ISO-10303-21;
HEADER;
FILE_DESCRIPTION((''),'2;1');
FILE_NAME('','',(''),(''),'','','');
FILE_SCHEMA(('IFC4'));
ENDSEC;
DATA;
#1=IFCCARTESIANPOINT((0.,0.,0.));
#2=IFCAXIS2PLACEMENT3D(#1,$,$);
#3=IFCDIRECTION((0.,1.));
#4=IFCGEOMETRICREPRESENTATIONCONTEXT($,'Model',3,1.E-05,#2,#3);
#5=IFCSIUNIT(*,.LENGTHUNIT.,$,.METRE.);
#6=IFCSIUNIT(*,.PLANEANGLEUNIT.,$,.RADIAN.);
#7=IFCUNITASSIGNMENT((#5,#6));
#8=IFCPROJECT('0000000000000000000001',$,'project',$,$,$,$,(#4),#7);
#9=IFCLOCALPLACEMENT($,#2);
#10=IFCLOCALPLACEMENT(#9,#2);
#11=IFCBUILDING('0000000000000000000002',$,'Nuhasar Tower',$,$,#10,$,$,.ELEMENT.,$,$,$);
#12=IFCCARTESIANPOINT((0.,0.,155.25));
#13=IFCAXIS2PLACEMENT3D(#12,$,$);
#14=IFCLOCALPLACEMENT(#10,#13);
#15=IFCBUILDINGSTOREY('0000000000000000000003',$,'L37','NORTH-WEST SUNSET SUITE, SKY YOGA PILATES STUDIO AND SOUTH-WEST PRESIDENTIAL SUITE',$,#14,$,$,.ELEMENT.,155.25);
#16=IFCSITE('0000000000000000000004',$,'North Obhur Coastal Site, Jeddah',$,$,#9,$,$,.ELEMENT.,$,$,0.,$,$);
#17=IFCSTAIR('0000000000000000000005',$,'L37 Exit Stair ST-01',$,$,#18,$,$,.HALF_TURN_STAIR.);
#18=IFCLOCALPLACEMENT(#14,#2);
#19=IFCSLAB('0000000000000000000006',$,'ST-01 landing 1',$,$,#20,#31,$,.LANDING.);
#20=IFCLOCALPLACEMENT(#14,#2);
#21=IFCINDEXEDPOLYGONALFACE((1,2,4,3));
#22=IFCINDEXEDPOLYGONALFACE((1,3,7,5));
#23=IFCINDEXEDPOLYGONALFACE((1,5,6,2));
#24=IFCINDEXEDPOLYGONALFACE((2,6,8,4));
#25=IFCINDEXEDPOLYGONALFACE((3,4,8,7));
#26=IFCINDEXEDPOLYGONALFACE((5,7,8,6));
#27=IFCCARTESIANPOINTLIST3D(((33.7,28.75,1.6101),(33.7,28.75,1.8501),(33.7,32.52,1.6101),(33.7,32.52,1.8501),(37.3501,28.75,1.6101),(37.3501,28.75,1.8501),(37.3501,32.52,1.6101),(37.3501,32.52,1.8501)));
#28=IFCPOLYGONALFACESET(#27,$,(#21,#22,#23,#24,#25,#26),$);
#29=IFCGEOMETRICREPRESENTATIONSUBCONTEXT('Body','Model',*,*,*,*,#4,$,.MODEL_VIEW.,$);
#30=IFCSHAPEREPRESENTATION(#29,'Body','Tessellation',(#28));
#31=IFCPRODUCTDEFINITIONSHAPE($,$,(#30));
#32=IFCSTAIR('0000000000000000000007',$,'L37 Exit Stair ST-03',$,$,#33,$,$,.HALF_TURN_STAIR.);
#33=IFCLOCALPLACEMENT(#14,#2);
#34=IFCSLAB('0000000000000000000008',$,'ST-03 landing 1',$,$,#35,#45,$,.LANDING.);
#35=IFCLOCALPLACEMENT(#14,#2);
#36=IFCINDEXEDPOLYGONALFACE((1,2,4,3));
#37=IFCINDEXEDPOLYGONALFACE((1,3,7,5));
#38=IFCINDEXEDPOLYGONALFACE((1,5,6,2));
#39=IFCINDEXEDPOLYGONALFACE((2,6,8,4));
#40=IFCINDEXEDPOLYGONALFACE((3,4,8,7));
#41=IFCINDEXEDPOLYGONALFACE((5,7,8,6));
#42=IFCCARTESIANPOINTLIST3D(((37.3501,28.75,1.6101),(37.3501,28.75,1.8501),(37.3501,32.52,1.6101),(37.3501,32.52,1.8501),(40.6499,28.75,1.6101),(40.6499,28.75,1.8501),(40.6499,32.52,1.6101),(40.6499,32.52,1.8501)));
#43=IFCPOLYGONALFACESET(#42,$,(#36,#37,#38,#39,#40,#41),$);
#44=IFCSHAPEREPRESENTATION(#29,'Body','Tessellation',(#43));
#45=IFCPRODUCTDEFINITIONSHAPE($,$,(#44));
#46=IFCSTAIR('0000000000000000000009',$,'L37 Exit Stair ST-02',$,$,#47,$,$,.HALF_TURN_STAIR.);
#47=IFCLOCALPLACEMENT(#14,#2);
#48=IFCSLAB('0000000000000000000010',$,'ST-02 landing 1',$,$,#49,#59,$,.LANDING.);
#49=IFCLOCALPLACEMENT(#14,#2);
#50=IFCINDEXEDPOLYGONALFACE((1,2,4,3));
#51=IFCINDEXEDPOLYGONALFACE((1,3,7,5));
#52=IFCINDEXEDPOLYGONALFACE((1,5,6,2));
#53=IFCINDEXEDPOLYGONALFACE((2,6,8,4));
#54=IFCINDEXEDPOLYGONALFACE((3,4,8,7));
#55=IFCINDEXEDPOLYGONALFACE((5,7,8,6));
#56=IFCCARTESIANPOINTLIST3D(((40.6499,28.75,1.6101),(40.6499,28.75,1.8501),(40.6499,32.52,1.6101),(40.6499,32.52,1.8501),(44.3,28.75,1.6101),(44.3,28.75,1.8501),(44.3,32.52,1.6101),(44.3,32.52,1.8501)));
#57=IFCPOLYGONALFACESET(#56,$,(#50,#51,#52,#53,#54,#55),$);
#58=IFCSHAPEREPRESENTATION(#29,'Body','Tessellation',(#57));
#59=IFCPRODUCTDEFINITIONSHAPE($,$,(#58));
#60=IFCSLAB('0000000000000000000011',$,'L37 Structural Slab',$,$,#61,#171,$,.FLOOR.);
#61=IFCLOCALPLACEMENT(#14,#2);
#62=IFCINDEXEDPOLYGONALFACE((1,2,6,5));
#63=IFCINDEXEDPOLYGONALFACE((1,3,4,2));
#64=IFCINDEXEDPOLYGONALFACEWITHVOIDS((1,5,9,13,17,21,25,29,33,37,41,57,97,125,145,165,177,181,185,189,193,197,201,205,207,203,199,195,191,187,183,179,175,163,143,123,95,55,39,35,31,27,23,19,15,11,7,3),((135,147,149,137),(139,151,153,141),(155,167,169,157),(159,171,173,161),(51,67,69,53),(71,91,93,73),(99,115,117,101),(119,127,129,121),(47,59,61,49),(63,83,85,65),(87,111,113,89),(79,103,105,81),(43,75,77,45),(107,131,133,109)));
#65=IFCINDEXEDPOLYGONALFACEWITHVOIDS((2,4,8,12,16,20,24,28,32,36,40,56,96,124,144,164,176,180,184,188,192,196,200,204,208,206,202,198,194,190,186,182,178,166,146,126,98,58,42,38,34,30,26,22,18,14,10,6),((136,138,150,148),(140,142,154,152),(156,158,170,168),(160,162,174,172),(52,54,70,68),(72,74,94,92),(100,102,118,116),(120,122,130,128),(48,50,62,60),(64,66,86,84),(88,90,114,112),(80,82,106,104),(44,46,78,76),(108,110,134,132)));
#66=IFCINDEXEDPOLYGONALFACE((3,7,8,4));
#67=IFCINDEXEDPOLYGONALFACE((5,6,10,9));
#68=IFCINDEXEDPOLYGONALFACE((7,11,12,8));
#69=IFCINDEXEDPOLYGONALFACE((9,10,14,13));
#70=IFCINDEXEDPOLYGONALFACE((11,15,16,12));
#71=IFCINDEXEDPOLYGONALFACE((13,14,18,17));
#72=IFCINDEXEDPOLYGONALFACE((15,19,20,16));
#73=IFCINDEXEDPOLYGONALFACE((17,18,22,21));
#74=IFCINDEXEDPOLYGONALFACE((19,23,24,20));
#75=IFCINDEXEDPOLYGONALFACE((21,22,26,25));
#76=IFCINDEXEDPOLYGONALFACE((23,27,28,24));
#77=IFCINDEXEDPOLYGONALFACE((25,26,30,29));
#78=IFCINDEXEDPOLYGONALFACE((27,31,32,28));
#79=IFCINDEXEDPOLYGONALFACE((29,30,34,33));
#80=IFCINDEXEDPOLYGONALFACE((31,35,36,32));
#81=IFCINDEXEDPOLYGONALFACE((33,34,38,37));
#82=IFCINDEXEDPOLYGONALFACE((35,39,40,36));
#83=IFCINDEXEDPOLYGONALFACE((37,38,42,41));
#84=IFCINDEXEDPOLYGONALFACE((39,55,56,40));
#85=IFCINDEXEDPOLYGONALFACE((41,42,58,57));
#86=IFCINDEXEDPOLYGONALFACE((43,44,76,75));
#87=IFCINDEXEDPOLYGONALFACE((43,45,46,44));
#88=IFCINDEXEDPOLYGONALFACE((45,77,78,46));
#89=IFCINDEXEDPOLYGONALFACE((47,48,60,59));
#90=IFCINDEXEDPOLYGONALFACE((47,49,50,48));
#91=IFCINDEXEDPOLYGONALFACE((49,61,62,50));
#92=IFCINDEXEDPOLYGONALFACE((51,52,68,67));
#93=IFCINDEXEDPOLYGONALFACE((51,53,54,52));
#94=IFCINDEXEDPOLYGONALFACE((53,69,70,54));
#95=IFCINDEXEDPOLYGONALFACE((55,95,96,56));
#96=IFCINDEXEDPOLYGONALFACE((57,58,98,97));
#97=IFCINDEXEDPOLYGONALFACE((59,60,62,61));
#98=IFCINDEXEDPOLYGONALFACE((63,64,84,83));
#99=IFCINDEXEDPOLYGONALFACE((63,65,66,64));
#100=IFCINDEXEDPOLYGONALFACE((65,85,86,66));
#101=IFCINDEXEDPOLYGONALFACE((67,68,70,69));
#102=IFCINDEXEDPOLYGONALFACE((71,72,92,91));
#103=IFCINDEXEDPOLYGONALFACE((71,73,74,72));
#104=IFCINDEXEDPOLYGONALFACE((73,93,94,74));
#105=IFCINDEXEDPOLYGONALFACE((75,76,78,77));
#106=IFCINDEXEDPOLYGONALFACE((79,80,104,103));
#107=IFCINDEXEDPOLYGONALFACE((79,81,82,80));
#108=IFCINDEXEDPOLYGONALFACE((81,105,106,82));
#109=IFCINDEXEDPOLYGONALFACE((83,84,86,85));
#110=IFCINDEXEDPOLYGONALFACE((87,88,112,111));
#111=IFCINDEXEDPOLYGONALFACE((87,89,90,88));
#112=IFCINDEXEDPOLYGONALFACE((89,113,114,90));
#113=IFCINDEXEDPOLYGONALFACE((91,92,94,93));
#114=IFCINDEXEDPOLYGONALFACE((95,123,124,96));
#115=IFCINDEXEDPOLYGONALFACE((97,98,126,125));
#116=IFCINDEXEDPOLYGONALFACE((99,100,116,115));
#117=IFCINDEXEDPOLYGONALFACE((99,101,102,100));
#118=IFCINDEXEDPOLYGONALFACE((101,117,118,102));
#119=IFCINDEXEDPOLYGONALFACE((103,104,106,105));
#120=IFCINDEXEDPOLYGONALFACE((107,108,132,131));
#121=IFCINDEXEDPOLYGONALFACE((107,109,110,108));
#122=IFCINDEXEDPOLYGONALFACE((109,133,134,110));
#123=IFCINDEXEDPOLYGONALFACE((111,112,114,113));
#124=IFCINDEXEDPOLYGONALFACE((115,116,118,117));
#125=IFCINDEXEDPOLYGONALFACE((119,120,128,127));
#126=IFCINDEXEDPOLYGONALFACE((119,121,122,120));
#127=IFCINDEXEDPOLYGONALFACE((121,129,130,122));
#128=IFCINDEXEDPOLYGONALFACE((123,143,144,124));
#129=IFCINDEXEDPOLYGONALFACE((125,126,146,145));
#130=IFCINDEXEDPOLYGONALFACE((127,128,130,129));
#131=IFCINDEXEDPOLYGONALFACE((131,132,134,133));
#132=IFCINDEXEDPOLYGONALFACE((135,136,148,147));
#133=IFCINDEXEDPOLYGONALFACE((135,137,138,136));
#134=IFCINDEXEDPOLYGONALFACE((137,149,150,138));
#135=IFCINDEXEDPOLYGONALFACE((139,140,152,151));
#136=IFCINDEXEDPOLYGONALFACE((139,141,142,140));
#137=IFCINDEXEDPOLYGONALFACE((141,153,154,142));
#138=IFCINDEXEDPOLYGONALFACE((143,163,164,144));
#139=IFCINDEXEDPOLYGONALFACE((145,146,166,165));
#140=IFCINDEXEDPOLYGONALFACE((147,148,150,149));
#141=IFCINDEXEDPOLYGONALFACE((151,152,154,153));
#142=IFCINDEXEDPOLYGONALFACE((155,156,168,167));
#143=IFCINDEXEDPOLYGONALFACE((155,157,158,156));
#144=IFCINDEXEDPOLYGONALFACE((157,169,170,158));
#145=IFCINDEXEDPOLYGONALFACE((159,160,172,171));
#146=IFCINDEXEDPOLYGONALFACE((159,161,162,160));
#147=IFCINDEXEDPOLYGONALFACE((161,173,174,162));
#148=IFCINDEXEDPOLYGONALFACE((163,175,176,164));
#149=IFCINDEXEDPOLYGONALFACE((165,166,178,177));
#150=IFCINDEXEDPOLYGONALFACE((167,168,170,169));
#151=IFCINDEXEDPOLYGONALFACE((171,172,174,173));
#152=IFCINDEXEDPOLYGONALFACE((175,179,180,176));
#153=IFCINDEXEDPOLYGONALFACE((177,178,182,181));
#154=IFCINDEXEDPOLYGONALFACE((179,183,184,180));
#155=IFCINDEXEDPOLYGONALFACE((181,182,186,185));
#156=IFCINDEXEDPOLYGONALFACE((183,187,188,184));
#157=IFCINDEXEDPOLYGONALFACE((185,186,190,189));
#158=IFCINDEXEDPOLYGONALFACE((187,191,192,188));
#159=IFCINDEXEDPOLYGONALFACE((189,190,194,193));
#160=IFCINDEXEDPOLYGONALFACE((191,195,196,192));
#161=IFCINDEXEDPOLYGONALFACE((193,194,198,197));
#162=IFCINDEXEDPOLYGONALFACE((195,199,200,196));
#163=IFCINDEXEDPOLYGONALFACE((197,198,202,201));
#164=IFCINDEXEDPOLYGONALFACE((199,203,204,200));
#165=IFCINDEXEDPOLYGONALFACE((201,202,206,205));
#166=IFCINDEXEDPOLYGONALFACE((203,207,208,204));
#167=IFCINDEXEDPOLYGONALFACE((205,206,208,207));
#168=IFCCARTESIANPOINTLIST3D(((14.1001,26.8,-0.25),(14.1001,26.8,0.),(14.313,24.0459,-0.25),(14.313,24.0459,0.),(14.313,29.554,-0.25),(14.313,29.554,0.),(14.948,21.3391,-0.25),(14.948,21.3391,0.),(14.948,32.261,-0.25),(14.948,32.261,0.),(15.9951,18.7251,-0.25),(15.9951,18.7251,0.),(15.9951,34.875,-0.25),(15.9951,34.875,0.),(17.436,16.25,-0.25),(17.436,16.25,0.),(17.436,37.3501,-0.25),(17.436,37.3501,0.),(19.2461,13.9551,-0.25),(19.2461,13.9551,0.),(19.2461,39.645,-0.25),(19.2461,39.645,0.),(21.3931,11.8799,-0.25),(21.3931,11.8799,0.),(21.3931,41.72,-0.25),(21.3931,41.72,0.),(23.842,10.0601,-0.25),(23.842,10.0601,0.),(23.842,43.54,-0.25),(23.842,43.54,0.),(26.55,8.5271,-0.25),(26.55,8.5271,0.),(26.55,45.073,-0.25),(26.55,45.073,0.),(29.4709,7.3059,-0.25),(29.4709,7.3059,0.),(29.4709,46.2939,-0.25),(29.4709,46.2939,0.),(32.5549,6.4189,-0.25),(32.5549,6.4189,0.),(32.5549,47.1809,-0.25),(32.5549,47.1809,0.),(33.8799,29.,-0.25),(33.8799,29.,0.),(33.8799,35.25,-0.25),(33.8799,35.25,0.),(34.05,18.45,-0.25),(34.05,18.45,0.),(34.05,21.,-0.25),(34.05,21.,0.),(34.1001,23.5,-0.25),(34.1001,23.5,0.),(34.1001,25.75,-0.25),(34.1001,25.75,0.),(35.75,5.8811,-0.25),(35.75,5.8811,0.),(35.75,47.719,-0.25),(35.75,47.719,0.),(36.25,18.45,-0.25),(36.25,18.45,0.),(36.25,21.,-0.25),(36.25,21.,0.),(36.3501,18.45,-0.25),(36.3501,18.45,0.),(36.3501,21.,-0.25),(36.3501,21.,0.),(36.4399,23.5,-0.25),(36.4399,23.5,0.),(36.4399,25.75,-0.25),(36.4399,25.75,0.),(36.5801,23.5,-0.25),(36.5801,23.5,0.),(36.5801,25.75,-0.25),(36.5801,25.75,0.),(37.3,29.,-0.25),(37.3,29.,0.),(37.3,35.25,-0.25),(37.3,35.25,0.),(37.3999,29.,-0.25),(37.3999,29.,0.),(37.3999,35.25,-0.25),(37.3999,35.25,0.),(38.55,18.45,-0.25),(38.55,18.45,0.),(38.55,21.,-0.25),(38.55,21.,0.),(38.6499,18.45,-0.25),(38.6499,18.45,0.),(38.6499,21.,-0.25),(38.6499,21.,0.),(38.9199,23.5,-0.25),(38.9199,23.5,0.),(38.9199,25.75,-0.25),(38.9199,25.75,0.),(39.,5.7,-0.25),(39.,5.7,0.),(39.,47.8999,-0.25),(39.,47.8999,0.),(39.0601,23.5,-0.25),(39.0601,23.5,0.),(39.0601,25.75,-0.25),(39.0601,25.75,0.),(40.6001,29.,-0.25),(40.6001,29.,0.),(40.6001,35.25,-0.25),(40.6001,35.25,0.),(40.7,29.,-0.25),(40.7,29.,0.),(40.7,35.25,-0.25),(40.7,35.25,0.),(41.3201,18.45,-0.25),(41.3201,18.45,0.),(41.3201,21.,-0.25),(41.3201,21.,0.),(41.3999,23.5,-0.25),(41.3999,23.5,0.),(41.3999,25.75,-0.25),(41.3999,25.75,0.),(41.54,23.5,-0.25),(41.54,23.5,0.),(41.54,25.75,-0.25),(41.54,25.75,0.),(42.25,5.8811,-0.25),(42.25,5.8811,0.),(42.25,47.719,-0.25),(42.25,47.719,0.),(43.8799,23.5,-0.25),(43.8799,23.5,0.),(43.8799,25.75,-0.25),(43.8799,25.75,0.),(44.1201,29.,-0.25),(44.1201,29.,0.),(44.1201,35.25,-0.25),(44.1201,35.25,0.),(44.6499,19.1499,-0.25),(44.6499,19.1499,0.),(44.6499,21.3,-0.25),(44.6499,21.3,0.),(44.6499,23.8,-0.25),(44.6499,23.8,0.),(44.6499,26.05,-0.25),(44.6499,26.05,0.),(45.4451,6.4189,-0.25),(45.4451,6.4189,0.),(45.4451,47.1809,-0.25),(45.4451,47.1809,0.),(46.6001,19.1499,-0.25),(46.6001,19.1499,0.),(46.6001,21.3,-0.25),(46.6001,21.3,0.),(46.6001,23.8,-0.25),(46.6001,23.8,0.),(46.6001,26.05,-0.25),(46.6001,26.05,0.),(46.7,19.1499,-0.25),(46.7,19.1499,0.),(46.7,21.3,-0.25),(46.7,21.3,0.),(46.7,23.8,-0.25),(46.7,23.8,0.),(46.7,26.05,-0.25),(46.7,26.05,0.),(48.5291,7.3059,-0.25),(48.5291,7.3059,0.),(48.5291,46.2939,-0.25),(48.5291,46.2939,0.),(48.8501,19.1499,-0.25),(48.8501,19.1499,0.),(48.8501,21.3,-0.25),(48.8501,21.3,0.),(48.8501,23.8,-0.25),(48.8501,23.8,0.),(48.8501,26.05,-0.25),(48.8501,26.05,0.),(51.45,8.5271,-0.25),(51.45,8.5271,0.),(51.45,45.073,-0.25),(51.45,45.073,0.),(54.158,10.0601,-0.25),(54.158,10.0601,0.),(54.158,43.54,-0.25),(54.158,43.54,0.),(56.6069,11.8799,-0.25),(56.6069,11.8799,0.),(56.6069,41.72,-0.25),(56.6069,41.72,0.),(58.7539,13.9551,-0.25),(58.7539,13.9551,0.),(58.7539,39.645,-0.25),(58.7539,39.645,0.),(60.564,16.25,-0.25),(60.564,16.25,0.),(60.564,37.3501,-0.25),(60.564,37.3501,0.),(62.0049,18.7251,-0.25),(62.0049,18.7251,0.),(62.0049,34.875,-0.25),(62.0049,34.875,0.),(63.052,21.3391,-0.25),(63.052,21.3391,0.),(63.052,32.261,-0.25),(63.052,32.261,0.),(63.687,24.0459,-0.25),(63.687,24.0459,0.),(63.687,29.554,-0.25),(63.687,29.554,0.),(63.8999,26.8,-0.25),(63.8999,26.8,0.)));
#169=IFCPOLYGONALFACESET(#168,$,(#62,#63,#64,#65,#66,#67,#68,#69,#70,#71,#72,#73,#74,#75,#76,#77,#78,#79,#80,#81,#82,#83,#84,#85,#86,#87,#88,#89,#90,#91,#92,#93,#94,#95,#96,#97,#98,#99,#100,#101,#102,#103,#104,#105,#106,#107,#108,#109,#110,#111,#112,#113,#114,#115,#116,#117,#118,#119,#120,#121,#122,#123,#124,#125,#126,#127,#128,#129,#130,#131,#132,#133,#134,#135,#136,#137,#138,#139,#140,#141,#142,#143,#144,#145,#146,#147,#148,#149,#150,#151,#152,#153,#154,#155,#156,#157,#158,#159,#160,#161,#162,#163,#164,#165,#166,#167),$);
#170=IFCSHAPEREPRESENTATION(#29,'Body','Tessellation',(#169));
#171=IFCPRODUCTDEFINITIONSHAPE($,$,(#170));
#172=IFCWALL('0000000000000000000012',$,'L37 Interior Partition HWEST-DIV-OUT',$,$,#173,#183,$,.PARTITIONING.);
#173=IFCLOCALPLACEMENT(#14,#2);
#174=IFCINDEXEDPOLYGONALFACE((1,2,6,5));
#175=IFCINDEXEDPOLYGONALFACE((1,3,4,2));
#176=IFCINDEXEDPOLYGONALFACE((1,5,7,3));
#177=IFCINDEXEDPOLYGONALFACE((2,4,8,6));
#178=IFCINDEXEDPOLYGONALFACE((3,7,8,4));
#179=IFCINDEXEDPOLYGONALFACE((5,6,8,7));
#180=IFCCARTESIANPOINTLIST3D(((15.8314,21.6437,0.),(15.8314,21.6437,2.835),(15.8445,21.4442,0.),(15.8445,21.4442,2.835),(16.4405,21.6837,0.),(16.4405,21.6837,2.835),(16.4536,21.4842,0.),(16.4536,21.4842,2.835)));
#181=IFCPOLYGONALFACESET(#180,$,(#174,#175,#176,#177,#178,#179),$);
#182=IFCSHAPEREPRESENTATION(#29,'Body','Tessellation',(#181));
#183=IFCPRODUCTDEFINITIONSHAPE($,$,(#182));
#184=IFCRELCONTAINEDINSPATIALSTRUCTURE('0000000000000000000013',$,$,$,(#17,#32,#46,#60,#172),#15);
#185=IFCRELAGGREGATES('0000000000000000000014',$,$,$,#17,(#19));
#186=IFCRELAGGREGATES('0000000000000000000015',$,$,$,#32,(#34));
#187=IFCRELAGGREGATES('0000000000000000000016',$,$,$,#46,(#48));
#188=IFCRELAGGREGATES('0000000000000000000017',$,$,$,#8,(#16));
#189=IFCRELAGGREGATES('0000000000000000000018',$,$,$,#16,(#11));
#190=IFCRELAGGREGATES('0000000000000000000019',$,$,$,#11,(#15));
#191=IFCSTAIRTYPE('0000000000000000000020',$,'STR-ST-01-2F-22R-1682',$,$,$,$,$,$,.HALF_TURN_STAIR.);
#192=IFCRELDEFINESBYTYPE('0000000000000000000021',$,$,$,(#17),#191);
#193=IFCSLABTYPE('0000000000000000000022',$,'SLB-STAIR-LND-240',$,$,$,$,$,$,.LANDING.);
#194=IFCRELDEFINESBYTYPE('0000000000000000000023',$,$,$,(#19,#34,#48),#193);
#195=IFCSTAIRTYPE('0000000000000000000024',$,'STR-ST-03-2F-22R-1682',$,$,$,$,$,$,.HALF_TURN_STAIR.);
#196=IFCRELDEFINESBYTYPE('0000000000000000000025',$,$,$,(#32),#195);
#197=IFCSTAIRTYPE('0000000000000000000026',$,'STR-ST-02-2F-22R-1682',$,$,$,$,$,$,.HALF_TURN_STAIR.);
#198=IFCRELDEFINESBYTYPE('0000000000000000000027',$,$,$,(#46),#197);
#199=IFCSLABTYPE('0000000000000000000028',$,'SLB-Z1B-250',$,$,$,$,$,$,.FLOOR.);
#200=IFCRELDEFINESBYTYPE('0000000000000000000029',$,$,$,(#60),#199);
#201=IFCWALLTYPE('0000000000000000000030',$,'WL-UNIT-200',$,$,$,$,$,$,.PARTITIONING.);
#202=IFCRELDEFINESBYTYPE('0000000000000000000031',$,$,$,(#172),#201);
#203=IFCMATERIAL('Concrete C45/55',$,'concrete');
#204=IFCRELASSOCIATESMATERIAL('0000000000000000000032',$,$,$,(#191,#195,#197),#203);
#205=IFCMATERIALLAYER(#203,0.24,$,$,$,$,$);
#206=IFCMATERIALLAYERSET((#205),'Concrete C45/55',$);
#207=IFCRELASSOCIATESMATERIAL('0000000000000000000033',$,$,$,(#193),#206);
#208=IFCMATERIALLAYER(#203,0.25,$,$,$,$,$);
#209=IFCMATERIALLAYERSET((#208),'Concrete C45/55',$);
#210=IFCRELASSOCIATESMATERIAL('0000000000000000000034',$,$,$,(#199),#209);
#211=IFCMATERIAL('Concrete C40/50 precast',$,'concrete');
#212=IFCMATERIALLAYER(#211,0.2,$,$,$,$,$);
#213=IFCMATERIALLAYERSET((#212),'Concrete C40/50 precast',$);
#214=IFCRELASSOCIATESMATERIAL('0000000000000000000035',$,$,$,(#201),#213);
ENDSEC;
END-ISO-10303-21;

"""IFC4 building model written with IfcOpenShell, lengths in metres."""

from ifc_helpers import new_model, si_unit, direction, frame, frame_2d, origin, place, context, subcontext, project, spatial, polyline, rectangle, outline, extrude, material, layer, layer_set, type_object, element, aggregate, save


model = new_model("IFC4")

# Units and contexts
model_context = context("Model", 3, precision=1e-05, world=origin(), true_north=direction((0.0, 1.0)))
body_context = subcontext(model_context, "Body", "Model", "MODEL_VIEW")
ifc_project = project(units=[si_unit("LENGTHUNIT", "METRE"), si_unit("PLANEANGLEUNIT", "RADIAN")], contexts=[model_context])

# Site, building, storey
site_placement = place(None, origin())
site = spatial("IfcSite", under=ifc_project, at=site_placement, Name="North Obhur Coastal Site, Jeddah", CompositionType="ELEMENT", RefElevation=0.0)
building_placement = place(site_placement, origin())
building = spatial("IfcBuilding", under=site, at=building_placement, Name="Nuhasar Tower", CompositionType="ELEMENT")
storey_placement = place(building_placement, frame((0.0, 0.0, 155.25)))
storey = spatial("IfcBuildingStorey", under=building, at=storey_placement, Name="L37", Description="NORTH-WEST SUNSET SUITE, SKY YOGA PILATES STUDIO AND SOUTH-WEST PRESIDENTIAL SUITE", CompositionType="ELEMENT", Elevation=155.25)

# Stairs, slabs
ifc_material_1 = material(Name="Concrete C45/55", Category="concrete")
stair_type_1 = type_object("IfcStairType", Name="STR-ST-01-2F-22R-1682", PredefinedType="HALF_TURN_STAIR", material=ifc_material_1)
stair_1_placement = place(storey_placement, origin())
stair_1 = element("IfcStair", 1, at=stair_1_placement, inside=storey, type_object=stair_type_1, Name="L37 Exit Stair ST-01", PredefinedType="HALF_TURN_STAIR")
ifc_layer_1 = layer(ifc_material_1, 0.24)
ifc_layer_set_1 = layer_set([ifc_layer_1], Name="Concrete C45/55")
slab_type_1 = type_object("IfcSlabType", Name="SLB-STAIR-LND-240", PredefinedType="LANDING", material=ifc_layer_set_1)
slab_1_placement = place(storey_placement, frame((0.0, 0.0, 1.6101)))
slab_1 = element("IfcSlab", 2, at=slab_1_placement, type_object=slab_type_1, Name="ST-01 landing 1", PredefinedType="LANDING", context=body_context, shape_type="SweptSolid", body=[
    extrude(outline(polyline([(33.7, 28.75), (37.3501, 28.75), (37.3501, 32.52), (33.7, 32.52), (33.7, 28.75)])), origin(), (0.0, 0.0, 1.0), 0.24),
])
aggregate(stair_1, [slab_1])
stair_type_2 = type_object("IfcStairType", Name="STR-ST-03-2F-22R-1682", PredefinedType="HALF_TURN_STAIR", material=ifc_material_1)
stair_2_placement = place(storey_placement, origin())
stair_2 = element("IfcStair", 3, at=stair_2_placement, inside=storey, type_object=stair_type_2, Name="L37 Exit Stair ST-03", PredefinedType="HALF_TURN_STAIR")
slab_2_placement = place(storey_placement, frame((0.0, 0.0, 1.6101)))
slab_2 = element("IfcSlab", 4, at=slab_2_placement, type_object=slab_type_1, Name="ST-03 landing 1", PredefinedType="LANDING", context=body_context, shape_type="SweptSolid", body=[
    extrude(outline(polyline([(37.3501, 28.75), (40.6499, 28.75), (40.6499, 32.52), (37.3501, 32.52), (37.3501, 28.75)])), origin(), (0.0, 0.0, 1.0), 0.24),
])
aggregate(stair_2, [slab_2])
stair_type_3 = type_object("IfcStairType", Name="STR-ST-02-2F-22R-1682", PredefinedType="HALF_TURN_STAIR", material=ifc_material_1)
stair_3_placement = place(storey_placement, origin())
stair_3 = element("IfcStair", 5, at=stair_3_placement, inside=storey, type_object=stair_type_3, Name="L37 Exit Stair ST-02", PredefinedType="HALF_TURN_STAIR")
slab_3_placement = place(storey_placement, frame((0.0, 0.0, 1.6101)))
slab_3 = element("IfcSlab", 6, at=slab_3_placement, type_object=slab_type_1, Name="ST-02 landing 1", PredefinedType="LANDING", context=body_context, shape_type="SweptSolid", body=[
    extrude(outline(polyline([(40.6499, 28.75), (44.3, 28.75), (44.3, 32.52), (40.6499, 32.52), (40.6499, 28.75)])), origin(), (0.0, 0.0, 1.0), 0.24),
])
aggregate(stair_3, [slab_3])

# Slab
ifc_layer_2 = layer(ifc_material_1, 0.25)
ifc_layer_set_2 = layer_set([ifc_layer_2], Name="Concrete C45/55")
slab_type_2 = type_object("IfcSlabType", Name="SLB-Z1B-250", PredefinedType="FLOOR", material=ifc_layer_set_2)
slab_4_placement = place(storey_placement, frame((0.0, 0.0, -0.25)))
element("IfcSlab", 7, at=slab_4_placement, inside=storey, type_object=slab_type_2, Name="L37 Structural Slab", PredefinedType="FLOOR", context=body_context, shape_type="SweptSolid", body=[
    extrude(outline(polyline([(63.8999, 26.8), (63.687, 29.554), (63.052, 32.261), (62.0049, 34.875), (60.564, 37.3501), (58.7539, 39.645), (56.6069, 41.72), (54.158, 43.54), (51.45, 45.073), (48.5291, 46.2939), (45.4451, 47.1809), (42.25, 47.719), (39.0, 47.8999), (35.75, 47.719), (32.5549, 47.1809), (29.4709, 46.2939), (26.55, 45.073), (23.842, 43.54), (21.3931, 41.72), (19.2461, 39.645), (17.436, 37.3501), (15.9951, 34.875), (14.948, 32.261), (14.313, 29.554), (14.1001, 26.8), (14.313, 24.0459), (14.948, 21.3391), (15.9951, 18.7251), (17.436, 16.25), (19.2461, 13.9551), (21.3931, 11.8799), (23.842, 10.0601), (26.55, 8.5271), (29.4709, 7.3059), (32.5549, 6.4189), (35.75, 5.8811), (39.0, 5.7), (42.25, 5.8811), (45.4451, 6.4189), (48.5291, 7.3059), (51.45, 8.5271), (54.158, 10.0601), (56.6069, 11.8799), (58.7539, 13.9551), (60.564, 16.25), (62.0049, 18.7251), (63.052, 21.3391), (63.687, 24.0459), (63.8999, 26.8)]), holes=[polyline([(33.8799, 35.25), (37.3, 35.25), (37.3, 29.0), (33.8799, 29.0), (33.8799, 35.25)]), polyline([(37.3999, 35.25), (40.6001, 35.25), (40.6001, 29.0), (37.3999, 29.0), (37.3999, 35.25)]), polyline([(40.7, 35.25), (44.1201, 35.25), (44.1201, 29.0), (40.7, 29.0), (40.7, 35.25)]), polyline([(44.6499, 26.05), (46.6001, 26.05), (46.6001, 23.8), (44.6499, 23.8), (44.6499, 26.05)]), polyline([(46.7, 26.05), (48.8501, 26.05), (48.8501, 23.8), (46.7, 23.8), (46.7, 26.05)]), polyline([(44.6499, 21.3), (46.6001, 21.3), (46.6001, 19.1499), (44.6499, 19.1499), (44.6499, 21.3)]), polyline([(46.7, 21.3), (48.8501, 21.3), (48.8501, 19.1499), (46.7, 19.1499), (46.7, 21.3)]), polyline([(34.1001, 25.75), (36.4399, 25.75), (36.4399, 23.5), (34.1001, 23.5), (34.1001, 25.75)]), polyline([(36.5801, 25.75), (38.9199, 25.75), (38.9199, 23.5), (36.5801, 23.5), (36.5801, 25.75)]), polyline([(39.0601, 25.75), (41.3999, 25.75), (41.3999, 23.5), (39.0601, 23.5), (39.0601, 25.75)]), polyline([(41.54, 25.75), (43.8799, 25.75), (43.8799, 23.5), (41.54, 23.5), (41.54, 25.75)]), polyline([(34.05, 21.0), (36.25, 21.0), (36.25, 18.45), (34.05, 18.45), (34.05, 21.0)]), polyline([(36.3501, 21.0), (38.55, 21.0), (38.55, 18.45), (36.3501, 18.45), (36.3501, 21.0)]), polyline([(38.6499, 21.0), (41.3201, 21.0), (41.3201, 18.45), (38.6499, 18.45), (38.6499, 21.0)])]), origin(), (0.0, 0.0, 1.0), 0.25),
])

# Wall
ifc_material_2 = material(Name="Concrete C40/50 precast", Category="concrete")
ifc_layer_3 = layer(ifc_material_2, 0.2)
ifc_layer_set_3 = layer_set([ifc_layer_3], Name="Concrete C40/50 precast")
wall_type = type_object("IfcWallType", Name="WL-UNIT-200", PredefinedType="PARTITIONING", material=ifc_layer_set_3)
wall_placement = place(storey_placement, frame((16.447, 21.584, 0.0), z_axis=(0.0, 0.0, 1.0), x_axis=(-0.997847, -0.06559, 0.0)))
element("IfcWall", 8, at=wall_placement, inside=storey, type_object=wall_type, Name="L37 Interior Partition HWEST-DIV-OUT", PredefinedType="PARTITIONING", context=body_context, shape_type="SweptSolid", body=[
    extrude(rectangle(XDim=0.6104, YDim=0.2, at=frame_2d((0.3052, 0.0))), origin(), (0.0, 0.0, 1.0), 2.835),
])

save(model, "model.ifc")
